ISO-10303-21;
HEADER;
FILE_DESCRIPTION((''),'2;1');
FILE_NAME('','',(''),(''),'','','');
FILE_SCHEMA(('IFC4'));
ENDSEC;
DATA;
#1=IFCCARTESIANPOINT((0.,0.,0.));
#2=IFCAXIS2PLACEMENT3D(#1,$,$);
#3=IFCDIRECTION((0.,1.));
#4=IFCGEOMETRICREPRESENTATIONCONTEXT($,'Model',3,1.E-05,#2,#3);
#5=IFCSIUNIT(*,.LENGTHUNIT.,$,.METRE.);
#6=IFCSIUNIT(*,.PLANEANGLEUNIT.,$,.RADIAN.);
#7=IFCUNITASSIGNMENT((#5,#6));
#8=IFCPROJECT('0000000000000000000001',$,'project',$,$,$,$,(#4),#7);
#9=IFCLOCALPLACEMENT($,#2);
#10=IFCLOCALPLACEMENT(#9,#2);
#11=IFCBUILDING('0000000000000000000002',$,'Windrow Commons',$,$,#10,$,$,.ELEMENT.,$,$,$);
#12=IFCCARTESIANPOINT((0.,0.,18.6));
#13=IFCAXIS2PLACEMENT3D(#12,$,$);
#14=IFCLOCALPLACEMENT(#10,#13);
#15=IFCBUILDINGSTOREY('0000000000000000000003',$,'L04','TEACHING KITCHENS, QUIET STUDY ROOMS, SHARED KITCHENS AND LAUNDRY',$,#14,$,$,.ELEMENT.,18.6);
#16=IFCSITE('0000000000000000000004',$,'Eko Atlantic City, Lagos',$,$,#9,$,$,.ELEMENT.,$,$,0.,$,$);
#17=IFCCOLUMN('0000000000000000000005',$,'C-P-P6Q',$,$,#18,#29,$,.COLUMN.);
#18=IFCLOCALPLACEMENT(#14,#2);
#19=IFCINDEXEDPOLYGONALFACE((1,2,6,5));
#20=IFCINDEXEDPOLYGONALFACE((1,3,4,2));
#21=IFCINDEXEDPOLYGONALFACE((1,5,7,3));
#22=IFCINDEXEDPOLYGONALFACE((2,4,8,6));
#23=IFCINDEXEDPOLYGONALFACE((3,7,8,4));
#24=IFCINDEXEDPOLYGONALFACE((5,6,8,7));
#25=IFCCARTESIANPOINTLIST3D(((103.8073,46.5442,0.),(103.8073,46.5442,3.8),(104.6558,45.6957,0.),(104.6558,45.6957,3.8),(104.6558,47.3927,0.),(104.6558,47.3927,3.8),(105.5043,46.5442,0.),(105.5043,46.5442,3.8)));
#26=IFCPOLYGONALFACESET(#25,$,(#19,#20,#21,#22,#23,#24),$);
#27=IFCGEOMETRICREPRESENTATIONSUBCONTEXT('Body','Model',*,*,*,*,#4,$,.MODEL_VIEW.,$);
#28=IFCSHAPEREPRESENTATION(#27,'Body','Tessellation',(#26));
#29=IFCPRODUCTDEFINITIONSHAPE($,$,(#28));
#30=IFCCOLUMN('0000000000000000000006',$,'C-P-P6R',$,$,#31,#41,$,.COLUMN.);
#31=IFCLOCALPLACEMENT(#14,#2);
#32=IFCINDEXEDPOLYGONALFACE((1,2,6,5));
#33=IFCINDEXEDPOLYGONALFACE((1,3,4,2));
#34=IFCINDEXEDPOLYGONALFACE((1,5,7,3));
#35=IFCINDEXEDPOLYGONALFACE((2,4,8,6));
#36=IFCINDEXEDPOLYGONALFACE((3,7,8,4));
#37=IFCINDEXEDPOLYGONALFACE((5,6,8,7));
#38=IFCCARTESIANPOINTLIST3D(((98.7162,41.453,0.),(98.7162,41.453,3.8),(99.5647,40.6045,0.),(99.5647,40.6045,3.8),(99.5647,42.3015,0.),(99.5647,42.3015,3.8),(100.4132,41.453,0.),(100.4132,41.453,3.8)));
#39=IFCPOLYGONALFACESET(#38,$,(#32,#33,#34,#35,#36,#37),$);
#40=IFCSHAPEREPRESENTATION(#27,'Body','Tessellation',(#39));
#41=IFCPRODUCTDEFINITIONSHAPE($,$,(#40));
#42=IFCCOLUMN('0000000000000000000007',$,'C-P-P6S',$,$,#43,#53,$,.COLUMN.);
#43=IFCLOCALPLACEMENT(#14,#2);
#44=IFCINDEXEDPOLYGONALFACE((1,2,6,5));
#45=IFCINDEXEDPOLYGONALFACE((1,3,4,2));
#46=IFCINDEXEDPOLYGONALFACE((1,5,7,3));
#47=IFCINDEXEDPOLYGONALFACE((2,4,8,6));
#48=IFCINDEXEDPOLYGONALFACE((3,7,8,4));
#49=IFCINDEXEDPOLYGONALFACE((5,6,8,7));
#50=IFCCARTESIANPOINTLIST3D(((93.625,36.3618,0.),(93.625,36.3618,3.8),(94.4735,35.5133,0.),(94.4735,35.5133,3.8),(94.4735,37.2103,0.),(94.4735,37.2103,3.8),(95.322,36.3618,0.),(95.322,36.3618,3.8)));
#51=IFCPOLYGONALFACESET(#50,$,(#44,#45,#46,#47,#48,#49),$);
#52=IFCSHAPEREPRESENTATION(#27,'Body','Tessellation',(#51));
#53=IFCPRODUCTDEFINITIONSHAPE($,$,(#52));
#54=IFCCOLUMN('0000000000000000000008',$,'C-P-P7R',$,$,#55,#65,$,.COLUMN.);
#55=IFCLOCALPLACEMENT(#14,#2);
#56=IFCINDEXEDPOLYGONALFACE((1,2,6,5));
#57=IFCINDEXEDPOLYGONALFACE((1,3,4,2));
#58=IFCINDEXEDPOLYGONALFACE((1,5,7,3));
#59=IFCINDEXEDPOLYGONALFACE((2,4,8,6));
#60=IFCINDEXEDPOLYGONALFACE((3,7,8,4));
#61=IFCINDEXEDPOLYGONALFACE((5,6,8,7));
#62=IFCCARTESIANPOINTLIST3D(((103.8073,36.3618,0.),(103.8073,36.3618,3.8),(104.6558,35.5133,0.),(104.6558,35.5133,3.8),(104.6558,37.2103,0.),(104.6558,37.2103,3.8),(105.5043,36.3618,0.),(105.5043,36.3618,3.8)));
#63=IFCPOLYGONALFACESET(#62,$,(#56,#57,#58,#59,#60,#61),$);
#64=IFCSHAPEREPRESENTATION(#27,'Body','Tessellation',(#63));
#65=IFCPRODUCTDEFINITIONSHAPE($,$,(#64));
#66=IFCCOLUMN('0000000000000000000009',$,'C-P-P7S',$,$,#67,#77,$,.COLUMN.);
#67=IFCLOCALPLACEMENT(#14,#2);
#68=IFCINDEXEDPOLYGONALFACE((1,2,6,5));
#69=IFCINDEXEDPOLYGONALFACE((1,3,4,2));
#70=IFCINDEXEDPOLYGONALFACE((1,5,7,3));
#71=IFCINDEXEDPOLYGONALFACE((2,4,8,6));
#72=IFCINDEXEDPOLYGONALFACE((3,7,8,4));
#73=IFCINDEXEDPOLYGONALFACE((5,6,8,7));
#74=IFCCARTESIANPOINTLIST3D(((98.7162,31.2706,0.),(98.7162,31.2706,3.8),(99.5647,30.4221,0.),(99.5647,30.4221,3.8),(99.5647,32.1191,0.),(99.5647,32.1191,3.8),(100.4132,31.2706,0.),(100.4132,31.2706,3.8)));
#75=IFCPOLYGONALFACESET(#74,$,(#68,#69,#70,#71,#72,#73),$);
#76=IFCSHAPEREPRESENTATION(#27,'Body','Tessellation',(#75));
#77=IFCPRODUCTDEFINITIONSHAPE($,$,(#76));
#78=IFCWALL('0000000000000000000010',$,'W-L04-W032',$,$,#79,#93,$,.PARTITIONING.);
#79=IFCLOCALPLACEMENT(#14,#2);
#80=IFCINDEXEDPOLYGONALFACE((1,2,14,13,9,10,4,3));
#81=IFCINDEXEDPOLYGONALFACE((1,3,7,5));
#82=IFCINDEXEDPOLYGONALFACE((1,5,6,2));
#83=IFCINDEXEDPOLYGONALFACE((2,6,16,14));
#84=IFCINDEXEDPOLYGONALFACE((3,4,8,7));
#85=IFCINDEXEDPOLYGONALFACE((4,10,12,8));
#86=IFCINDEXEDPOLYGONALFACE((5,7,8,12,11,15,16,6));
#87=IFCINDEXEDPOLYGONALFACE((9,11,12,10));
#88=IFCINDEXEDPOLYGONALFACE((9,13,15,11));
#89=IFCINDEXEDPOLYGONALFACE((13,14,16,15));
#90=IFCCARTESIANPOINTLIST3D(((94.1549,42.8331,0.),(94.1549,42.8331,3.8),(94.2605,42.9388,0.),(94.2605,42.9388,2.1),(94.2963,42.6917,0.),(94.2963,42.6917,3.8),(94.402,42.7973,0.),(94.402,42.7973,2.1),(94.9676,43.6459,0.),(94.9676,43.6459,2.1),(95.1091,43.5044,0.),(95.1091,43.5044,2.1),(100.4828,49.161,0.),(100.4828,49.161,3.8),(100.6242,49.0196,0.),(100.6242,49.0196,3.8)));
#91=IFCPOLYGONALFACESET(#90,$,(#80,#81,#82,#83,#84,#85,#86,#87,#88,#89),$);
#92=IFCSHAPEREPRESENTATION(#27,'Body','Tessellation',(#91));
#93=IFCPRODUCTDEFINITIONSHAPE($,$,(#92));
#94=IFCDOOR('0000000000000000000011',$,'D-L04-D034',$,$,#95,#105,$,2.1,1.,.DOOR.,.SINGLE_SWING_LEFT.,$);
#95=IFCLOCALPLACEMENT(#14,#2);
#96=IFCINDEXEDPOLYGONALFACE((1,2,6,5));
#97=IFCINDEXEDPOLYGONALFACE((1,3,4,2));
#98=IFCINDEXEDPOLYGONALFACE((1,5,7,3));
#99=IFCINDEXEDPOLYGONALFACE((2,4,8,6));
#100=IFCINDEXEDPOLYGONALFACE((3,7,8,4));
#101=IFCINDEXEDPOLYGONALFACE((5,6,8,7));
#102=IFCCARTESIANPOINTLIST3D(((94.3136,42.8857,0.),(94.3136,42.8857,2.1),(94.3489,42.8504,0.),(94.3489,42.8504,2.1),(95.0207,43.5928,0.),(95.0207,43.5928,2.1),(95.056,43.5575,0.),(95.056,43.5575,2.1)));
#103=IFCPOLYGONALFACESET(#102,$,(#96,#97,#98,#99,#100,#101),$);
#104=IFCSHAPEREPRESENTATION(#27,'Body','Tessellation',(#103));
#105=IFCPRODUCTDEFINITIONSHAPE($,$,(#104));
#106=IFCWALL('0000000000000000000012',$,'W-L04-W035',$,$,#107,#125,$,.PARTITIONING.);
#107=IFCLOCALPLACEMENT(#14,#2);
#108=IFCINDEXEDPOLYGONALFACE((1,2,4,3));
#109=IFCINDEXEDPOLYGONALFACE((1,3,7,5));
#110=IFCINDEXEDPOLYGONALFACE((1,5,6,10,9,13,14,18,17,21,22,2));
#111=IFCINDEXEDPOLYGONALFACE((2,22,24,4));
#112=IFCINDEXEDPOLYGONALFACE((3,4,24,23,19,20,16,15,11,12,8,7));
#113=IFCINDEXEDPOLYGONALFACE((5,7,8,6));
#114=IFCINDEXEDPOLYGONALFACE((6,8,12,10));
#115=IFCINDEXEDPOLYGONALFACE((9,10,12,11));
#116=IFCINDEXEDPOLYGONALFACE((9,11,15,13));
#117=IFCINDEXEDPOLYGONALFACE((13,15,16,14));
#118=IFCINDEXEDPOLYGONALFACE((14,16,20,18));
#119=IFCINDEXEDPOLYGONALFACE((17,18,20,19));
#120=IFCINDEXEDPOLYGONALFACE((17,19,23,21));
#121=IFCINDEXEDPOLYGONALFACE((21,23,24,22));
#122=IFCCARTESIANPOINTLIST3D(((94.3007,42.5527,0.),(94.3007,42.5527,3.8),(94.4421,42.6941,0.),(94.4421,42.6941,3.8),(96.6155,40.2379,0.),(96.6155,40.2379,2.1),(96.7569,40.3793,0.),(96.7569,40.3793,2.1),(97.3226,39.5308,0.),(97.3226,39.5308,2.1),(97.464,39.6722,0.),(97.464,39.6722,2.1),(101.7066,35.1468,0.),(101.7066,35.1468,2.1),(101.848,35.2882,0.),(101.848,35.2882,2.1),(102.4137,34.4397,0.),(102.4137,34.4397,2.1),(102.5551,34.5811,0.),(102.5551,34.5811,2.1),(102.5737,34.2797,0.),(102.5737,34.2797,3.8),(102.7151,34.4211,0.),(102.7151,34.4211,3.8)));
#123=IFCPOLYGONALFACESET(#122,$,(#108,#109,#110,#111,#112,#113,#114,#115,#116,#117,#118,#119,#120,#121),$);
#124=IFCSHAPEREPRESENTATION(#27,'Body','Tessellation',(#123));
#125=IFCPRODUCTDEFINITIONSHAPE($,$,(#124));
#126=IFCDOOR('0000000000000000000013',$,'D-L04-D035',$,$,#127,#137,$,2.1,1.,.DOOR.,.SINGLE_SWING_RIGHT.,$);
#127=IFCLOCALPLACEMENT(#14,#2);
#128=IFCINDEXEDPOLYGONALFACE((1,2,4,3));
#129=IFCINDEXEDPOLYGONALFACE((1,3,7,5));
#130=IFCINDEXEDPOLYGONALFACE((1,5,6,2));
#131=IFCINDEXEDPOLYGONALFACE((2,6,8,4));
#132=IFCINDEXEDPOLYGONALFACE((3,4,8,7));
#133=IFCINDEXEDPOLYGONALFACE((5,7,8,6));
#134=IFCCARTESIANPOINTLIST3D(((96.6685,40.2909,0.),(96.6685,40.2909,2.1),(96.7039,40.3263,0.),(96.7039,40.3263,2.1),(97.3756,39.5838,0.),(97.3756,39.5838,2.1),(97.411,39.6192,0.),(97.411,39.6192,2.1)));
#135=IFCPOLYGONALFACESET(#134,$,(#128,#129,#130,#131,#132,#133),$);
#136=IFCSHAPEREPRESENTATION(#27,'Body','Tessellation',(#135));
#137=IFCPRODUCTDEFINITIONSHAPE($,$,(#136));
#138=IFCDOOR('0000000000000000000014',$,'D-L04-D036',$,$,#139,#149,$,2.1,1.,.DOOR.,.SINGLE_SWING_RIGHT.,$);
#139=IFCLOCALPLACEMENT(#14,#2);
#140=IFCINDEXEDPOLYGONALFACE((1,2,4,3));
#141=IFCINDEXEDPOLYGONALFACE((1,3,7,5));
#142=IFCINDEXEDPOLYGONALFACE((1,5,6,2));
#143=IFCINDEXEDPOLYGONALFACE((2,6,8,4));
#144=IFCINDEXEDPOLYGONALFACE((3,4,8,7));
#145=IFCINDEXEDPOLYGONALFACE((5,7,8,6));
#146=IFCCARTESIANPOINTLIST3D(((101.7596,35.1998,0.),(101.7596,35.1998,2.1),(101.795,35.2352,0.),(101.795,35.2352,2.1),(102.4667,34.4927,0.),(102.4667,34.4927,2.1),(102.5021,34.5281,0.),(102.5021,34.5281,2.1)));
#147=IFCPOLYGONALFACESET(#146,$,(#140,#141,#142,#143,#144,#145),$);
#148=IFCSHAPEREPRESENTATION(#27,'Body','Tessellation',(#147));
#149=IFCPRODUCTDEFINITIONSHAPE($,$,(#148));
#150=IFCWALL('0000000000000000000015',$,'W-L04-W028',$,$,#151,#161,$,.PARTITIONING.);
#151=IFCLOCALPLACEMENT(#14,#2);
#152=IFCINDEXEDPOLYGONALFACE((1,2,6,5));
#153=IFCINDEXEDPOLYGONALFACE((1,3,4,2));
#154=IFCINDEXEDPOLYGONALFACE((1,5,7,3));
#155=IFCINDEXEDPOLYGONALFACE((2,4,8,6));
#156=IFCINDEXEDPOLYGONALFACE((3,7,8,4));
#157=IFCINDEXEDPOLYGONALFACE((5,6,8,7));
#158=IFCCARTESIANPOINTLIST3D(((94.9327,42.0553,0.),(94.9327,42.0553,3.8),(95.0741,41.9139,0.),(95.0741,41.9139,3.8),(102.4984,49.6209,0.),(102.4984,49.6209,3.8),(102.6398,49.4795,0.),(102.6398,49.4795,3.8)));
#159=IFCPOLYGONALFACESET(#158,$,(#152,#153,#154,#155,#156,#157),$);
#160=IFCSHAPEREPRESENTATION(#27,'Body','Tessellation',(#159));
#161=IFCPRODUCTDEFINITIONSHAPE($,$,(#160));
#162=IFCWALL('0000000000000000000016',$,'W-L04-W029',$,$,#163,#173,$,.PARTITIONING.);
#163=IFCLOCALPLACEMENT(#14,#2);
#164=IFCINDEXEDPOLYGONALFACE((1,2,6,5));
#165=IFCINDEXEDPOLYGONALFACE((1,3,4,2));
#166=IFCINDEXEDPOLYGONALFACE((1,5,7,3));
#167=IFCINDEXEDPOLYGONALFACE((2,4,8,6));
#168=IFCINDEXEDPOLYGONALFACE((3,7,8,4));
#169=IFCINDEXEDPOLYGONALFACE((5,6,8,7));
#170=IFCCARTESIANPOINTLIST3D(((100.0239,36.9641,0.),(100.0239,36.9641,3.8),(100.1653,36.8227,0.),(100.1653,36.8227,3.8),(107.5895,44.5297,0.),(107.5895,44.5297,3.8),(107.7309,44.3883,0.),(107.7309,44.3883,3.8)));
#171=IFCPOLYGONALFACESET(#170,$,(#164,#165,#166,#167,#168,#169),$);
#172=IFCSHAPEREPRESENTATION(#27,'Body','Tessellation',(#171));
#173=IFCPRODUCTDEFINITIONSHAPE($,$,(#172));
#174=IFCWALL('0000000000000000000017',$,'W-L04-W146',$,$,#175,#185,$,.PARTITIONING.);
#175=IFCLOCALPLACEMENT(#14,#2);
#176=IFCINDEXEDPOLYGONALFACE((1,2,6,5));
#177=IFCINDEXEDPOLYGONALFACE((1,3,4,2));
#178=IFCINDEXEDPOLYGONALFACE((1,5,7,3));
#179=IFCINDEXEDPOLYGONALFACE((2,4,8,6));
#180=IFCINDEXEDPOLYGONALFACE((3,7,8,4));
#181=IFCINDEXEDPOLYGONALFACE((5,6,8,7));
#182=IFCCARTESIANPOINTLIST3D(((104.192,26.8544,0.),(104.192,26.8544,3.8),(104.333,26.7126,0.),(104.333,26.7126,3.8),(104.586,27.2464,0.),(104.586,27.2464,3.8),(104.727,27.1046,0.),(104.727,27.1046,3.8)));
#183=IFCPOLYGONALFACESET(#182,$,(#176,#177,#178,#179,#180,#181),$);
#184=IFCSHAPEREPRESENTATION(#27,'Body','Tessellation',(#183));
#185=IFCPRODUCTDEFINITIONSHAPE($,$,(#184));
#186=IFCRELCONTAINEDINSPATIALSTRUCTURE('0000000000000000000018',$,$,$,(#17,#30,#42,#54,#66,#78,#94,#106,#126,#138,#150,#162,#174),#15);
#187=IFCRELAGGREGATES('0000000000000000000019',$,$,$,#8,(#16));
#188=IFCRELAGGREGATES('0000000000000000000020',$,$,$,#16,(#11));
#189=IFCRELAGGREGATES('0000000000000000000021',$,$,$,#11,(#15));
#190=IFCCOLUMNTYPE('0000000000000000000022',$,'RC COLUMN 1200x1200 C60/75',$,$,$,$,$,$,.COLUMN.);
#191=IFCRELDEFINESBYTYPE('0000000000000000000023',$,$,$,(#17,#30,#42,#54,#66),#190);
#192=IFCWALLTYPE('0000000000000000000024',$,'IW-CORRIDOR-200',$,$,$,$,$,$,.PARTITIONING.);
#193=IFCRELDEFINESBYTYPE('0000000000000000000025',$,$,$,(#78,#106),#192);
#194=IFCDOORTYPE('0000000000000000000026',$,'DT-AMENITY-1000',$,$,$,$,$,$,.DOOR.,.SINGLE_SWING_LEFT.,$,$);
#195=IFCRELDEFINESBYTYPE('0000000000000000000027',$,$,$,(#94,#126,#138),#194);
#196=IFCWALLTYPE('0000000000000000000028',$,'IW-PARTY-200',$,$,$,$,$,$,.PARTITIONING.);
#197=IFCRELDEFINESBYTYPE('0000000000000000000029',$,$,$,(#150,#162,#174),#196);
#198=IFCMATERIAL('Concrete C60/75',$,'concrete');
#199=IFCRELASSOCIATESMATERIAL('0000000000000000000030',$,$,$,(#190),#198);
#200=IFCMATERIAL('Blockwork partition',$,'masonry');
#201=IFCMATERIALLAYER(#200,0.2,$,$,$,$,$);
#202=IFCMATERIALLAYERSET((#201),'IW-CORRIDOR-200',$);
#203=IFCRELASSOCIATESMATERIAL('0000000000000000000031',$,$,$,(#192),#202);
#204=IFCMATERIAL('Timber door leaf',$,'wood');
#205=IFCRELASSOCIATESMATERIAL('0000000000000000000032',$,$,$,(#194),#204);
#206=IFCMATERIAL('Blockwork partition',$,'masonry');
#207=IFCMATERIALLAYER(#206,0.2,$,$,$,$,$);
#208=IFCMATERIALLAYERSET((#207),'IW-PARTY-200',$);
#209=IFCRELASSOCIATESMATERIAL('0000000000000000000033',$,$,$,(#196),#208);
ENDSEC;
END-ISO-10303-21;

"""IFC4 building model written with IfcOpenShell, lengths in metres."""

from ifc_helpers import new_model, si_unit, direction, frame, frame_2d, origin, origin_2d, place, context, subcontext, project, spatial, polyline, rectangle, outline, extrude, material, layer, layer_set, material_profile, profile_set, type_object, element, fill, save


model = new_model("IFC4")

# Units and contexts
model_context = context("Model", 3, precision=1e-05, world=origin(), true_north=direction((0.0, 1.0)))
body_context = subcontext(model_context, "Body", "Model", "MODEL_VIEW")
ifc_project = project(units=[si_unit("LENGTHUNIT", "METRE"), si_unit("PLANEANGLEUNIT", "RADIAN")], contexts=[model_context])

# Site, building, storey
site_placement = place(None, origin())
site = spatial("IfcSite", under=ifc_project, at=site_placement, Name="Eko Atlantic City, Lagos", CompositionType="ELEMENT", RefElevation=0.0)
building_placement = place(site_placement, origin())
building = spatial("IfcBuilding", under=site, at=building_placement, Name="Windrow Commons", CompositionType="ELEMENT")
storey_placement = place(building_placement, frame((0.0, 0.0, 18.6)))
storey = spatial("IfcBuildingStorey", under=building, at=storey_placement, Name="L04", Description="TEACHING KITCHENS, QUIET STUDY ROOMS, SHARED KITCHENS AND LAUNDRY", CompositionType="ELEMENT", Elevation=18.6)

# Columns
ifc_material_1 = material(Name="Concrete C60/75", Category="concrete")
ifc_material_profile = material_profile(ifc_material_1, rectangle(XDim=1.2, YDim=1.2, at=origin_2d()))
ifc_profile_set = profile_set([ifc_material_profile], Name="Concrete C60/75")
column_type = type_object("IfcColumnType", Name="RC COLUMN 1200x1200 C60/75", PredefinedType="COLUMN", material=ifc_profile_set)
for number, where, z_axis, x_axis, name in (
    (1, (104.6558, 46.5442, 0.0), (0.0, 0.0, 1.0), (0.707107, -0.707107, 0.0), "C-P-P6Q"),
    (2, (99.5647, 41.453, 0.0), (0.0, 0.0, 1.0), (0.707107, -0.707107, 0.0), "C-P-P6R"),
    (3, (94.4735, 36.3618, 0.0), (0.0, 0.0, 1.0), (0.707107, -0.707107, 0.0), "C-P-P6S"),
    (4, (104.6558, 36.3618, 0.0), (0.0, 0.0, 1.0), (0.707107, -0.707107, 0.0), "C-P-P7R"),
    (5, (99.5647, 31.2706, 0.0), (0.0, 0.0, 1.0), (0.707107, -0.707107, 0.0), "C-P-P7S"),
):
    element("IfcColumn", number, at=place(storey_placement, frame(where, z_axis=z_axis, x_axis=x_axis)), inside=storey, type_object=column_type, Name=name, PredefinedType="COLUMN", context=body_context, shape_type="SweptSolid", body=[
        extrude(rectangle(XDim=1.2, YDim=1.2, at=origin_2d()), origin(), (0.0, 0.0, 1.0), 3.8),
    ])

# Wall, opening, door
ifc_material_2 = material(Name="Blockwork partition", Category="masonry")
ifc_layer_1 = layer(ifc_material_2, 0.2)
ifc_layer_set_1 = layer_set([ifc_layer_1], Name="IW-CORRIDOR-200")
wall_type_1 = type_object("IfcWallType", Name="IW-CORRIDOR-200", PredefinedType="PARTITIONING", material=ifc_layer_set_1)
wall_1_placement = place(storey_placement, frame((94.2256, 42.7624, 0.0), z_axis=(0.0, 0.0, 1.0), x_axis=(0.707107, 0.707107, 0.0)))
wall_1 = element("IfcWall", 6, at=wall_1_placement, inside=storey, type_object=wall_type_1, Name="W-L04-W032", PredefinedType="PARTITIONING", context=body_context, shape_type="SweptSolid", body=[
    extrude(rectangle(XDim=8.9491, YDim=0.2, at=frame_2d((4.4745, 0.0))), origin(), (0.0, 0.0, 1.0), 3.8),
])
opening_1_placement = place(wall_1_placement, frame((0.1494, 0.0, 0.0)))
opening_1 = element("IfcOpeningElement", 7, at=opening_1_placement, cuts=wall_1, PredefinedType="OPENING", context=body_context, shape_type="SweptSolid", body=[
    extrude(rectangle(XDim=1.0, YDim=2.1, at=frame_2d((0.5, 1.05))), frame((0.0, 0.11, 0.0), z_axis=(0.0, -1.0, 0.0), x_axis=(1.0, 0.0, 0.0)), (0.0, 0.0, 1.0), 0.22),
])
ifc_material_3 = material(Name="Timber door leaf", Category="wood")
door_type = type_object("IfcDoorType", Name="DT-AMENITY-1000", OperationType="SINGLE_SWING_LEFT", PredefinedType="DOOR", material=ifc_material_3)
door_1_placement = place(opening_1_placement, origin())
door_1 = element("IfcDoor", 8, at=door_1_placement, inside=storey, type_object=door_type, Name="D-L04-D034", OperationType="SINGLE_SWING_LEFT", OverallHeight=2.1, OverallWidth=1.0, PredefinedType="DOOR", context=body_context, shape_type="SweptSolid", body=[
    extrude(rectangle(XDim=1.0, YDim=2.1, at=frame_2d((0.5, 1.05))), frame((0.0, 0.025, 0.0), z_axis=(0.0, -1.0, 0.0), x_axis=(1.0, 0.0, 0.0)), (0.0, 0.0, 1.0), 0.05),
])
fill(opening_1, door_1)

# Wall, openings, doors
wall_2_placement = place(storey_placement, frame((94.3714, 42.6234, 0.0), z_axis=(0.0, 0.0, 1.0), x_axis=(0.707107, -0.707107, 0.0)))
wall_2 = element("IfcWall", 9, at=wall_2_placement, inside=storey, type_object=wall_type_1, Name="W-L04-W035", PredefinedType="PARTITIONING", context=body_context, shape_type="SweptSolid", body=[
    extrude(outline(polyline([(0.0, -0.1), (11.6998, -0.1), (11.6998, 0.1), (0.0, 0.1), (0.0, -0.1)])), origin(), (0.0, 0.0, 1.0), 3.8),
])
opening_2_placement = place(wall_2_placement, frame((3.2736, 0.0, 0.0)))
opening_2 = element("IfcOpeningElement", 10, at=opening_2_placement, cuts=wall_2, PredefinedType="OPENING", context=body_context, shape_type="SweptSolid", body=[
    extrude(rectangle(XDim=1.0, YDim=2.1, at=frame_2d((0.5, 1.05))), frame((0.0, 0.11, 0.0), z_axis=(0.0, -1.0, 0.0), x_axis=(1.0, 0.0, 0.0)), (0.0, 0.0, 1.0), 0.22),
])
opening_3_placement = place(wall_2_placement, frame((10.4735, 0.0, 0.0)))
opening_3 = element("IfcOpeningElement", 11, at=opening_3_placement, cuts=wall_2, PredefinedType="OPENING", context=body_context, shape_type="SweptSolid", body=[
    extrude(rectangle(XDim=1.0, YDim=2.1, at=frame_2d((0.5, 1.05))), frame((0.0, 0.11, 0.0), z_axis=(0.0, -1.0, 0.0), x_axis=(1.0, 0.0, 0.0)), (0.0, 0.0, 1.0), 0.22),
])
door_2_placement = place(opening_2_placement, origin())
door_2 = element("IfcDoor", 12, at=door_2_placement, inside=storey, type_object=door_type, Name="D-L04-D035", OperationType="SINGLE_SWING_RIGHT", OverallHeight=2.1, OverallWidth=1.0, PredefinedType="DOOR", context=body_context, shape_type="SweptSolid", body=[
    extrude(rectangle(XDim=1.0, YDim=2.1, at=frame_2d((0.5, 1.05))), frame((0.0, 0.025, 0.0), z_axis=(0.0, -1.0, 0.0), x_axis=(1.0, 0.0, 0.0)), (0.0, 0.0, 1.0), 0.05),
])
fill(opening_2, door_2)
door_3_placement = place(opening_3_placement, origin())
door_3 = element("IfcDoor", 13, at=door_3_placement, inside=storey, type_object=door_type, Name="D-L04-D036", OperationType="SINGLE_SWING_RIGHT", OverallHeight=2.1, OverallWidth=1.0, PredefinedType="DOOR", context=body_context, shape_type="SweptSolid", body=[
    extrude(rectangle(XDim=1.0, YDim=2.1, at=frame_2d((0.5, 1.05))), frame((0.0, 0.025, 0.0), z_axis=(0.0, -1.0, 0.0), x_axis=(1.0, 0.0, 0.0)), (0.0, 0.0, 1.0), 0.05),
])
fill(opening_3, door_3)

# Walls
ifc_material_4 = material(Name="Blockwork partition", Category="masonry")
ifc_layer_2 = layer(ifc_material_4, 0.2)
ifc_layer_set_2 = layer_set([ifc_layer_2], Name="IW-PARTY-200")
wall_type_2 = type_object("IfcWallType", Name="IW-PARTY-200", PredefinedType="PARTITIONING", material=ifc_layer_set_2)
for number, where, z_axis, x_axis, name in (
    (14, (95.0034, 41.9846, 0.0), (0.0, 0.0, 1.0), (0.707111, 0.707102, 0.0), "W-L04-W028"),
    (15, (100.0946, 36.8934, 0.0), (0.0, 0.0, 1.0), (0.707107, 0.707107, 0.0), "W-L04-W029"),
):
    element("IfcWall", number, at=place(storey_placement, frame(where, z_axis=z_axis, x_axis=x_axis)), inside=storey, type_object=wall_type_2, Name=name, PredefinedType="PARTITIONING", context=body_context, shape_type="SweptSolid", body=[
        extrude(rectangle(XDim=10.6994, YDim=0.2, at=frame_2d((5.3497, 0.0))), origin(), (0.0, 0.0, 1.0), 3.8),
    ])
wall_3_placement = place(storey_placement, frame((104.2625, 26.7835, 0.0), z_axis=(0.0, 0.0, 1.0), x_axis=(0.708904, 0.705305, 0.0)))
element("IfcWall", 16, at=wall_3_placement, inside=storey, type_object=wall_type_2, Name="W-L04-W146", PredefinedType="PARTITIONING", context=body_context, shape_type="SweptSolid", body=[
    extrude(rectangle(XDim=0.5558, YDim=0.2, at=frame_2d((0.2779, 0.0))), origin(), (0.0, 0.0, 1.0), 3.8),
])

save(model, "model.ifc")
